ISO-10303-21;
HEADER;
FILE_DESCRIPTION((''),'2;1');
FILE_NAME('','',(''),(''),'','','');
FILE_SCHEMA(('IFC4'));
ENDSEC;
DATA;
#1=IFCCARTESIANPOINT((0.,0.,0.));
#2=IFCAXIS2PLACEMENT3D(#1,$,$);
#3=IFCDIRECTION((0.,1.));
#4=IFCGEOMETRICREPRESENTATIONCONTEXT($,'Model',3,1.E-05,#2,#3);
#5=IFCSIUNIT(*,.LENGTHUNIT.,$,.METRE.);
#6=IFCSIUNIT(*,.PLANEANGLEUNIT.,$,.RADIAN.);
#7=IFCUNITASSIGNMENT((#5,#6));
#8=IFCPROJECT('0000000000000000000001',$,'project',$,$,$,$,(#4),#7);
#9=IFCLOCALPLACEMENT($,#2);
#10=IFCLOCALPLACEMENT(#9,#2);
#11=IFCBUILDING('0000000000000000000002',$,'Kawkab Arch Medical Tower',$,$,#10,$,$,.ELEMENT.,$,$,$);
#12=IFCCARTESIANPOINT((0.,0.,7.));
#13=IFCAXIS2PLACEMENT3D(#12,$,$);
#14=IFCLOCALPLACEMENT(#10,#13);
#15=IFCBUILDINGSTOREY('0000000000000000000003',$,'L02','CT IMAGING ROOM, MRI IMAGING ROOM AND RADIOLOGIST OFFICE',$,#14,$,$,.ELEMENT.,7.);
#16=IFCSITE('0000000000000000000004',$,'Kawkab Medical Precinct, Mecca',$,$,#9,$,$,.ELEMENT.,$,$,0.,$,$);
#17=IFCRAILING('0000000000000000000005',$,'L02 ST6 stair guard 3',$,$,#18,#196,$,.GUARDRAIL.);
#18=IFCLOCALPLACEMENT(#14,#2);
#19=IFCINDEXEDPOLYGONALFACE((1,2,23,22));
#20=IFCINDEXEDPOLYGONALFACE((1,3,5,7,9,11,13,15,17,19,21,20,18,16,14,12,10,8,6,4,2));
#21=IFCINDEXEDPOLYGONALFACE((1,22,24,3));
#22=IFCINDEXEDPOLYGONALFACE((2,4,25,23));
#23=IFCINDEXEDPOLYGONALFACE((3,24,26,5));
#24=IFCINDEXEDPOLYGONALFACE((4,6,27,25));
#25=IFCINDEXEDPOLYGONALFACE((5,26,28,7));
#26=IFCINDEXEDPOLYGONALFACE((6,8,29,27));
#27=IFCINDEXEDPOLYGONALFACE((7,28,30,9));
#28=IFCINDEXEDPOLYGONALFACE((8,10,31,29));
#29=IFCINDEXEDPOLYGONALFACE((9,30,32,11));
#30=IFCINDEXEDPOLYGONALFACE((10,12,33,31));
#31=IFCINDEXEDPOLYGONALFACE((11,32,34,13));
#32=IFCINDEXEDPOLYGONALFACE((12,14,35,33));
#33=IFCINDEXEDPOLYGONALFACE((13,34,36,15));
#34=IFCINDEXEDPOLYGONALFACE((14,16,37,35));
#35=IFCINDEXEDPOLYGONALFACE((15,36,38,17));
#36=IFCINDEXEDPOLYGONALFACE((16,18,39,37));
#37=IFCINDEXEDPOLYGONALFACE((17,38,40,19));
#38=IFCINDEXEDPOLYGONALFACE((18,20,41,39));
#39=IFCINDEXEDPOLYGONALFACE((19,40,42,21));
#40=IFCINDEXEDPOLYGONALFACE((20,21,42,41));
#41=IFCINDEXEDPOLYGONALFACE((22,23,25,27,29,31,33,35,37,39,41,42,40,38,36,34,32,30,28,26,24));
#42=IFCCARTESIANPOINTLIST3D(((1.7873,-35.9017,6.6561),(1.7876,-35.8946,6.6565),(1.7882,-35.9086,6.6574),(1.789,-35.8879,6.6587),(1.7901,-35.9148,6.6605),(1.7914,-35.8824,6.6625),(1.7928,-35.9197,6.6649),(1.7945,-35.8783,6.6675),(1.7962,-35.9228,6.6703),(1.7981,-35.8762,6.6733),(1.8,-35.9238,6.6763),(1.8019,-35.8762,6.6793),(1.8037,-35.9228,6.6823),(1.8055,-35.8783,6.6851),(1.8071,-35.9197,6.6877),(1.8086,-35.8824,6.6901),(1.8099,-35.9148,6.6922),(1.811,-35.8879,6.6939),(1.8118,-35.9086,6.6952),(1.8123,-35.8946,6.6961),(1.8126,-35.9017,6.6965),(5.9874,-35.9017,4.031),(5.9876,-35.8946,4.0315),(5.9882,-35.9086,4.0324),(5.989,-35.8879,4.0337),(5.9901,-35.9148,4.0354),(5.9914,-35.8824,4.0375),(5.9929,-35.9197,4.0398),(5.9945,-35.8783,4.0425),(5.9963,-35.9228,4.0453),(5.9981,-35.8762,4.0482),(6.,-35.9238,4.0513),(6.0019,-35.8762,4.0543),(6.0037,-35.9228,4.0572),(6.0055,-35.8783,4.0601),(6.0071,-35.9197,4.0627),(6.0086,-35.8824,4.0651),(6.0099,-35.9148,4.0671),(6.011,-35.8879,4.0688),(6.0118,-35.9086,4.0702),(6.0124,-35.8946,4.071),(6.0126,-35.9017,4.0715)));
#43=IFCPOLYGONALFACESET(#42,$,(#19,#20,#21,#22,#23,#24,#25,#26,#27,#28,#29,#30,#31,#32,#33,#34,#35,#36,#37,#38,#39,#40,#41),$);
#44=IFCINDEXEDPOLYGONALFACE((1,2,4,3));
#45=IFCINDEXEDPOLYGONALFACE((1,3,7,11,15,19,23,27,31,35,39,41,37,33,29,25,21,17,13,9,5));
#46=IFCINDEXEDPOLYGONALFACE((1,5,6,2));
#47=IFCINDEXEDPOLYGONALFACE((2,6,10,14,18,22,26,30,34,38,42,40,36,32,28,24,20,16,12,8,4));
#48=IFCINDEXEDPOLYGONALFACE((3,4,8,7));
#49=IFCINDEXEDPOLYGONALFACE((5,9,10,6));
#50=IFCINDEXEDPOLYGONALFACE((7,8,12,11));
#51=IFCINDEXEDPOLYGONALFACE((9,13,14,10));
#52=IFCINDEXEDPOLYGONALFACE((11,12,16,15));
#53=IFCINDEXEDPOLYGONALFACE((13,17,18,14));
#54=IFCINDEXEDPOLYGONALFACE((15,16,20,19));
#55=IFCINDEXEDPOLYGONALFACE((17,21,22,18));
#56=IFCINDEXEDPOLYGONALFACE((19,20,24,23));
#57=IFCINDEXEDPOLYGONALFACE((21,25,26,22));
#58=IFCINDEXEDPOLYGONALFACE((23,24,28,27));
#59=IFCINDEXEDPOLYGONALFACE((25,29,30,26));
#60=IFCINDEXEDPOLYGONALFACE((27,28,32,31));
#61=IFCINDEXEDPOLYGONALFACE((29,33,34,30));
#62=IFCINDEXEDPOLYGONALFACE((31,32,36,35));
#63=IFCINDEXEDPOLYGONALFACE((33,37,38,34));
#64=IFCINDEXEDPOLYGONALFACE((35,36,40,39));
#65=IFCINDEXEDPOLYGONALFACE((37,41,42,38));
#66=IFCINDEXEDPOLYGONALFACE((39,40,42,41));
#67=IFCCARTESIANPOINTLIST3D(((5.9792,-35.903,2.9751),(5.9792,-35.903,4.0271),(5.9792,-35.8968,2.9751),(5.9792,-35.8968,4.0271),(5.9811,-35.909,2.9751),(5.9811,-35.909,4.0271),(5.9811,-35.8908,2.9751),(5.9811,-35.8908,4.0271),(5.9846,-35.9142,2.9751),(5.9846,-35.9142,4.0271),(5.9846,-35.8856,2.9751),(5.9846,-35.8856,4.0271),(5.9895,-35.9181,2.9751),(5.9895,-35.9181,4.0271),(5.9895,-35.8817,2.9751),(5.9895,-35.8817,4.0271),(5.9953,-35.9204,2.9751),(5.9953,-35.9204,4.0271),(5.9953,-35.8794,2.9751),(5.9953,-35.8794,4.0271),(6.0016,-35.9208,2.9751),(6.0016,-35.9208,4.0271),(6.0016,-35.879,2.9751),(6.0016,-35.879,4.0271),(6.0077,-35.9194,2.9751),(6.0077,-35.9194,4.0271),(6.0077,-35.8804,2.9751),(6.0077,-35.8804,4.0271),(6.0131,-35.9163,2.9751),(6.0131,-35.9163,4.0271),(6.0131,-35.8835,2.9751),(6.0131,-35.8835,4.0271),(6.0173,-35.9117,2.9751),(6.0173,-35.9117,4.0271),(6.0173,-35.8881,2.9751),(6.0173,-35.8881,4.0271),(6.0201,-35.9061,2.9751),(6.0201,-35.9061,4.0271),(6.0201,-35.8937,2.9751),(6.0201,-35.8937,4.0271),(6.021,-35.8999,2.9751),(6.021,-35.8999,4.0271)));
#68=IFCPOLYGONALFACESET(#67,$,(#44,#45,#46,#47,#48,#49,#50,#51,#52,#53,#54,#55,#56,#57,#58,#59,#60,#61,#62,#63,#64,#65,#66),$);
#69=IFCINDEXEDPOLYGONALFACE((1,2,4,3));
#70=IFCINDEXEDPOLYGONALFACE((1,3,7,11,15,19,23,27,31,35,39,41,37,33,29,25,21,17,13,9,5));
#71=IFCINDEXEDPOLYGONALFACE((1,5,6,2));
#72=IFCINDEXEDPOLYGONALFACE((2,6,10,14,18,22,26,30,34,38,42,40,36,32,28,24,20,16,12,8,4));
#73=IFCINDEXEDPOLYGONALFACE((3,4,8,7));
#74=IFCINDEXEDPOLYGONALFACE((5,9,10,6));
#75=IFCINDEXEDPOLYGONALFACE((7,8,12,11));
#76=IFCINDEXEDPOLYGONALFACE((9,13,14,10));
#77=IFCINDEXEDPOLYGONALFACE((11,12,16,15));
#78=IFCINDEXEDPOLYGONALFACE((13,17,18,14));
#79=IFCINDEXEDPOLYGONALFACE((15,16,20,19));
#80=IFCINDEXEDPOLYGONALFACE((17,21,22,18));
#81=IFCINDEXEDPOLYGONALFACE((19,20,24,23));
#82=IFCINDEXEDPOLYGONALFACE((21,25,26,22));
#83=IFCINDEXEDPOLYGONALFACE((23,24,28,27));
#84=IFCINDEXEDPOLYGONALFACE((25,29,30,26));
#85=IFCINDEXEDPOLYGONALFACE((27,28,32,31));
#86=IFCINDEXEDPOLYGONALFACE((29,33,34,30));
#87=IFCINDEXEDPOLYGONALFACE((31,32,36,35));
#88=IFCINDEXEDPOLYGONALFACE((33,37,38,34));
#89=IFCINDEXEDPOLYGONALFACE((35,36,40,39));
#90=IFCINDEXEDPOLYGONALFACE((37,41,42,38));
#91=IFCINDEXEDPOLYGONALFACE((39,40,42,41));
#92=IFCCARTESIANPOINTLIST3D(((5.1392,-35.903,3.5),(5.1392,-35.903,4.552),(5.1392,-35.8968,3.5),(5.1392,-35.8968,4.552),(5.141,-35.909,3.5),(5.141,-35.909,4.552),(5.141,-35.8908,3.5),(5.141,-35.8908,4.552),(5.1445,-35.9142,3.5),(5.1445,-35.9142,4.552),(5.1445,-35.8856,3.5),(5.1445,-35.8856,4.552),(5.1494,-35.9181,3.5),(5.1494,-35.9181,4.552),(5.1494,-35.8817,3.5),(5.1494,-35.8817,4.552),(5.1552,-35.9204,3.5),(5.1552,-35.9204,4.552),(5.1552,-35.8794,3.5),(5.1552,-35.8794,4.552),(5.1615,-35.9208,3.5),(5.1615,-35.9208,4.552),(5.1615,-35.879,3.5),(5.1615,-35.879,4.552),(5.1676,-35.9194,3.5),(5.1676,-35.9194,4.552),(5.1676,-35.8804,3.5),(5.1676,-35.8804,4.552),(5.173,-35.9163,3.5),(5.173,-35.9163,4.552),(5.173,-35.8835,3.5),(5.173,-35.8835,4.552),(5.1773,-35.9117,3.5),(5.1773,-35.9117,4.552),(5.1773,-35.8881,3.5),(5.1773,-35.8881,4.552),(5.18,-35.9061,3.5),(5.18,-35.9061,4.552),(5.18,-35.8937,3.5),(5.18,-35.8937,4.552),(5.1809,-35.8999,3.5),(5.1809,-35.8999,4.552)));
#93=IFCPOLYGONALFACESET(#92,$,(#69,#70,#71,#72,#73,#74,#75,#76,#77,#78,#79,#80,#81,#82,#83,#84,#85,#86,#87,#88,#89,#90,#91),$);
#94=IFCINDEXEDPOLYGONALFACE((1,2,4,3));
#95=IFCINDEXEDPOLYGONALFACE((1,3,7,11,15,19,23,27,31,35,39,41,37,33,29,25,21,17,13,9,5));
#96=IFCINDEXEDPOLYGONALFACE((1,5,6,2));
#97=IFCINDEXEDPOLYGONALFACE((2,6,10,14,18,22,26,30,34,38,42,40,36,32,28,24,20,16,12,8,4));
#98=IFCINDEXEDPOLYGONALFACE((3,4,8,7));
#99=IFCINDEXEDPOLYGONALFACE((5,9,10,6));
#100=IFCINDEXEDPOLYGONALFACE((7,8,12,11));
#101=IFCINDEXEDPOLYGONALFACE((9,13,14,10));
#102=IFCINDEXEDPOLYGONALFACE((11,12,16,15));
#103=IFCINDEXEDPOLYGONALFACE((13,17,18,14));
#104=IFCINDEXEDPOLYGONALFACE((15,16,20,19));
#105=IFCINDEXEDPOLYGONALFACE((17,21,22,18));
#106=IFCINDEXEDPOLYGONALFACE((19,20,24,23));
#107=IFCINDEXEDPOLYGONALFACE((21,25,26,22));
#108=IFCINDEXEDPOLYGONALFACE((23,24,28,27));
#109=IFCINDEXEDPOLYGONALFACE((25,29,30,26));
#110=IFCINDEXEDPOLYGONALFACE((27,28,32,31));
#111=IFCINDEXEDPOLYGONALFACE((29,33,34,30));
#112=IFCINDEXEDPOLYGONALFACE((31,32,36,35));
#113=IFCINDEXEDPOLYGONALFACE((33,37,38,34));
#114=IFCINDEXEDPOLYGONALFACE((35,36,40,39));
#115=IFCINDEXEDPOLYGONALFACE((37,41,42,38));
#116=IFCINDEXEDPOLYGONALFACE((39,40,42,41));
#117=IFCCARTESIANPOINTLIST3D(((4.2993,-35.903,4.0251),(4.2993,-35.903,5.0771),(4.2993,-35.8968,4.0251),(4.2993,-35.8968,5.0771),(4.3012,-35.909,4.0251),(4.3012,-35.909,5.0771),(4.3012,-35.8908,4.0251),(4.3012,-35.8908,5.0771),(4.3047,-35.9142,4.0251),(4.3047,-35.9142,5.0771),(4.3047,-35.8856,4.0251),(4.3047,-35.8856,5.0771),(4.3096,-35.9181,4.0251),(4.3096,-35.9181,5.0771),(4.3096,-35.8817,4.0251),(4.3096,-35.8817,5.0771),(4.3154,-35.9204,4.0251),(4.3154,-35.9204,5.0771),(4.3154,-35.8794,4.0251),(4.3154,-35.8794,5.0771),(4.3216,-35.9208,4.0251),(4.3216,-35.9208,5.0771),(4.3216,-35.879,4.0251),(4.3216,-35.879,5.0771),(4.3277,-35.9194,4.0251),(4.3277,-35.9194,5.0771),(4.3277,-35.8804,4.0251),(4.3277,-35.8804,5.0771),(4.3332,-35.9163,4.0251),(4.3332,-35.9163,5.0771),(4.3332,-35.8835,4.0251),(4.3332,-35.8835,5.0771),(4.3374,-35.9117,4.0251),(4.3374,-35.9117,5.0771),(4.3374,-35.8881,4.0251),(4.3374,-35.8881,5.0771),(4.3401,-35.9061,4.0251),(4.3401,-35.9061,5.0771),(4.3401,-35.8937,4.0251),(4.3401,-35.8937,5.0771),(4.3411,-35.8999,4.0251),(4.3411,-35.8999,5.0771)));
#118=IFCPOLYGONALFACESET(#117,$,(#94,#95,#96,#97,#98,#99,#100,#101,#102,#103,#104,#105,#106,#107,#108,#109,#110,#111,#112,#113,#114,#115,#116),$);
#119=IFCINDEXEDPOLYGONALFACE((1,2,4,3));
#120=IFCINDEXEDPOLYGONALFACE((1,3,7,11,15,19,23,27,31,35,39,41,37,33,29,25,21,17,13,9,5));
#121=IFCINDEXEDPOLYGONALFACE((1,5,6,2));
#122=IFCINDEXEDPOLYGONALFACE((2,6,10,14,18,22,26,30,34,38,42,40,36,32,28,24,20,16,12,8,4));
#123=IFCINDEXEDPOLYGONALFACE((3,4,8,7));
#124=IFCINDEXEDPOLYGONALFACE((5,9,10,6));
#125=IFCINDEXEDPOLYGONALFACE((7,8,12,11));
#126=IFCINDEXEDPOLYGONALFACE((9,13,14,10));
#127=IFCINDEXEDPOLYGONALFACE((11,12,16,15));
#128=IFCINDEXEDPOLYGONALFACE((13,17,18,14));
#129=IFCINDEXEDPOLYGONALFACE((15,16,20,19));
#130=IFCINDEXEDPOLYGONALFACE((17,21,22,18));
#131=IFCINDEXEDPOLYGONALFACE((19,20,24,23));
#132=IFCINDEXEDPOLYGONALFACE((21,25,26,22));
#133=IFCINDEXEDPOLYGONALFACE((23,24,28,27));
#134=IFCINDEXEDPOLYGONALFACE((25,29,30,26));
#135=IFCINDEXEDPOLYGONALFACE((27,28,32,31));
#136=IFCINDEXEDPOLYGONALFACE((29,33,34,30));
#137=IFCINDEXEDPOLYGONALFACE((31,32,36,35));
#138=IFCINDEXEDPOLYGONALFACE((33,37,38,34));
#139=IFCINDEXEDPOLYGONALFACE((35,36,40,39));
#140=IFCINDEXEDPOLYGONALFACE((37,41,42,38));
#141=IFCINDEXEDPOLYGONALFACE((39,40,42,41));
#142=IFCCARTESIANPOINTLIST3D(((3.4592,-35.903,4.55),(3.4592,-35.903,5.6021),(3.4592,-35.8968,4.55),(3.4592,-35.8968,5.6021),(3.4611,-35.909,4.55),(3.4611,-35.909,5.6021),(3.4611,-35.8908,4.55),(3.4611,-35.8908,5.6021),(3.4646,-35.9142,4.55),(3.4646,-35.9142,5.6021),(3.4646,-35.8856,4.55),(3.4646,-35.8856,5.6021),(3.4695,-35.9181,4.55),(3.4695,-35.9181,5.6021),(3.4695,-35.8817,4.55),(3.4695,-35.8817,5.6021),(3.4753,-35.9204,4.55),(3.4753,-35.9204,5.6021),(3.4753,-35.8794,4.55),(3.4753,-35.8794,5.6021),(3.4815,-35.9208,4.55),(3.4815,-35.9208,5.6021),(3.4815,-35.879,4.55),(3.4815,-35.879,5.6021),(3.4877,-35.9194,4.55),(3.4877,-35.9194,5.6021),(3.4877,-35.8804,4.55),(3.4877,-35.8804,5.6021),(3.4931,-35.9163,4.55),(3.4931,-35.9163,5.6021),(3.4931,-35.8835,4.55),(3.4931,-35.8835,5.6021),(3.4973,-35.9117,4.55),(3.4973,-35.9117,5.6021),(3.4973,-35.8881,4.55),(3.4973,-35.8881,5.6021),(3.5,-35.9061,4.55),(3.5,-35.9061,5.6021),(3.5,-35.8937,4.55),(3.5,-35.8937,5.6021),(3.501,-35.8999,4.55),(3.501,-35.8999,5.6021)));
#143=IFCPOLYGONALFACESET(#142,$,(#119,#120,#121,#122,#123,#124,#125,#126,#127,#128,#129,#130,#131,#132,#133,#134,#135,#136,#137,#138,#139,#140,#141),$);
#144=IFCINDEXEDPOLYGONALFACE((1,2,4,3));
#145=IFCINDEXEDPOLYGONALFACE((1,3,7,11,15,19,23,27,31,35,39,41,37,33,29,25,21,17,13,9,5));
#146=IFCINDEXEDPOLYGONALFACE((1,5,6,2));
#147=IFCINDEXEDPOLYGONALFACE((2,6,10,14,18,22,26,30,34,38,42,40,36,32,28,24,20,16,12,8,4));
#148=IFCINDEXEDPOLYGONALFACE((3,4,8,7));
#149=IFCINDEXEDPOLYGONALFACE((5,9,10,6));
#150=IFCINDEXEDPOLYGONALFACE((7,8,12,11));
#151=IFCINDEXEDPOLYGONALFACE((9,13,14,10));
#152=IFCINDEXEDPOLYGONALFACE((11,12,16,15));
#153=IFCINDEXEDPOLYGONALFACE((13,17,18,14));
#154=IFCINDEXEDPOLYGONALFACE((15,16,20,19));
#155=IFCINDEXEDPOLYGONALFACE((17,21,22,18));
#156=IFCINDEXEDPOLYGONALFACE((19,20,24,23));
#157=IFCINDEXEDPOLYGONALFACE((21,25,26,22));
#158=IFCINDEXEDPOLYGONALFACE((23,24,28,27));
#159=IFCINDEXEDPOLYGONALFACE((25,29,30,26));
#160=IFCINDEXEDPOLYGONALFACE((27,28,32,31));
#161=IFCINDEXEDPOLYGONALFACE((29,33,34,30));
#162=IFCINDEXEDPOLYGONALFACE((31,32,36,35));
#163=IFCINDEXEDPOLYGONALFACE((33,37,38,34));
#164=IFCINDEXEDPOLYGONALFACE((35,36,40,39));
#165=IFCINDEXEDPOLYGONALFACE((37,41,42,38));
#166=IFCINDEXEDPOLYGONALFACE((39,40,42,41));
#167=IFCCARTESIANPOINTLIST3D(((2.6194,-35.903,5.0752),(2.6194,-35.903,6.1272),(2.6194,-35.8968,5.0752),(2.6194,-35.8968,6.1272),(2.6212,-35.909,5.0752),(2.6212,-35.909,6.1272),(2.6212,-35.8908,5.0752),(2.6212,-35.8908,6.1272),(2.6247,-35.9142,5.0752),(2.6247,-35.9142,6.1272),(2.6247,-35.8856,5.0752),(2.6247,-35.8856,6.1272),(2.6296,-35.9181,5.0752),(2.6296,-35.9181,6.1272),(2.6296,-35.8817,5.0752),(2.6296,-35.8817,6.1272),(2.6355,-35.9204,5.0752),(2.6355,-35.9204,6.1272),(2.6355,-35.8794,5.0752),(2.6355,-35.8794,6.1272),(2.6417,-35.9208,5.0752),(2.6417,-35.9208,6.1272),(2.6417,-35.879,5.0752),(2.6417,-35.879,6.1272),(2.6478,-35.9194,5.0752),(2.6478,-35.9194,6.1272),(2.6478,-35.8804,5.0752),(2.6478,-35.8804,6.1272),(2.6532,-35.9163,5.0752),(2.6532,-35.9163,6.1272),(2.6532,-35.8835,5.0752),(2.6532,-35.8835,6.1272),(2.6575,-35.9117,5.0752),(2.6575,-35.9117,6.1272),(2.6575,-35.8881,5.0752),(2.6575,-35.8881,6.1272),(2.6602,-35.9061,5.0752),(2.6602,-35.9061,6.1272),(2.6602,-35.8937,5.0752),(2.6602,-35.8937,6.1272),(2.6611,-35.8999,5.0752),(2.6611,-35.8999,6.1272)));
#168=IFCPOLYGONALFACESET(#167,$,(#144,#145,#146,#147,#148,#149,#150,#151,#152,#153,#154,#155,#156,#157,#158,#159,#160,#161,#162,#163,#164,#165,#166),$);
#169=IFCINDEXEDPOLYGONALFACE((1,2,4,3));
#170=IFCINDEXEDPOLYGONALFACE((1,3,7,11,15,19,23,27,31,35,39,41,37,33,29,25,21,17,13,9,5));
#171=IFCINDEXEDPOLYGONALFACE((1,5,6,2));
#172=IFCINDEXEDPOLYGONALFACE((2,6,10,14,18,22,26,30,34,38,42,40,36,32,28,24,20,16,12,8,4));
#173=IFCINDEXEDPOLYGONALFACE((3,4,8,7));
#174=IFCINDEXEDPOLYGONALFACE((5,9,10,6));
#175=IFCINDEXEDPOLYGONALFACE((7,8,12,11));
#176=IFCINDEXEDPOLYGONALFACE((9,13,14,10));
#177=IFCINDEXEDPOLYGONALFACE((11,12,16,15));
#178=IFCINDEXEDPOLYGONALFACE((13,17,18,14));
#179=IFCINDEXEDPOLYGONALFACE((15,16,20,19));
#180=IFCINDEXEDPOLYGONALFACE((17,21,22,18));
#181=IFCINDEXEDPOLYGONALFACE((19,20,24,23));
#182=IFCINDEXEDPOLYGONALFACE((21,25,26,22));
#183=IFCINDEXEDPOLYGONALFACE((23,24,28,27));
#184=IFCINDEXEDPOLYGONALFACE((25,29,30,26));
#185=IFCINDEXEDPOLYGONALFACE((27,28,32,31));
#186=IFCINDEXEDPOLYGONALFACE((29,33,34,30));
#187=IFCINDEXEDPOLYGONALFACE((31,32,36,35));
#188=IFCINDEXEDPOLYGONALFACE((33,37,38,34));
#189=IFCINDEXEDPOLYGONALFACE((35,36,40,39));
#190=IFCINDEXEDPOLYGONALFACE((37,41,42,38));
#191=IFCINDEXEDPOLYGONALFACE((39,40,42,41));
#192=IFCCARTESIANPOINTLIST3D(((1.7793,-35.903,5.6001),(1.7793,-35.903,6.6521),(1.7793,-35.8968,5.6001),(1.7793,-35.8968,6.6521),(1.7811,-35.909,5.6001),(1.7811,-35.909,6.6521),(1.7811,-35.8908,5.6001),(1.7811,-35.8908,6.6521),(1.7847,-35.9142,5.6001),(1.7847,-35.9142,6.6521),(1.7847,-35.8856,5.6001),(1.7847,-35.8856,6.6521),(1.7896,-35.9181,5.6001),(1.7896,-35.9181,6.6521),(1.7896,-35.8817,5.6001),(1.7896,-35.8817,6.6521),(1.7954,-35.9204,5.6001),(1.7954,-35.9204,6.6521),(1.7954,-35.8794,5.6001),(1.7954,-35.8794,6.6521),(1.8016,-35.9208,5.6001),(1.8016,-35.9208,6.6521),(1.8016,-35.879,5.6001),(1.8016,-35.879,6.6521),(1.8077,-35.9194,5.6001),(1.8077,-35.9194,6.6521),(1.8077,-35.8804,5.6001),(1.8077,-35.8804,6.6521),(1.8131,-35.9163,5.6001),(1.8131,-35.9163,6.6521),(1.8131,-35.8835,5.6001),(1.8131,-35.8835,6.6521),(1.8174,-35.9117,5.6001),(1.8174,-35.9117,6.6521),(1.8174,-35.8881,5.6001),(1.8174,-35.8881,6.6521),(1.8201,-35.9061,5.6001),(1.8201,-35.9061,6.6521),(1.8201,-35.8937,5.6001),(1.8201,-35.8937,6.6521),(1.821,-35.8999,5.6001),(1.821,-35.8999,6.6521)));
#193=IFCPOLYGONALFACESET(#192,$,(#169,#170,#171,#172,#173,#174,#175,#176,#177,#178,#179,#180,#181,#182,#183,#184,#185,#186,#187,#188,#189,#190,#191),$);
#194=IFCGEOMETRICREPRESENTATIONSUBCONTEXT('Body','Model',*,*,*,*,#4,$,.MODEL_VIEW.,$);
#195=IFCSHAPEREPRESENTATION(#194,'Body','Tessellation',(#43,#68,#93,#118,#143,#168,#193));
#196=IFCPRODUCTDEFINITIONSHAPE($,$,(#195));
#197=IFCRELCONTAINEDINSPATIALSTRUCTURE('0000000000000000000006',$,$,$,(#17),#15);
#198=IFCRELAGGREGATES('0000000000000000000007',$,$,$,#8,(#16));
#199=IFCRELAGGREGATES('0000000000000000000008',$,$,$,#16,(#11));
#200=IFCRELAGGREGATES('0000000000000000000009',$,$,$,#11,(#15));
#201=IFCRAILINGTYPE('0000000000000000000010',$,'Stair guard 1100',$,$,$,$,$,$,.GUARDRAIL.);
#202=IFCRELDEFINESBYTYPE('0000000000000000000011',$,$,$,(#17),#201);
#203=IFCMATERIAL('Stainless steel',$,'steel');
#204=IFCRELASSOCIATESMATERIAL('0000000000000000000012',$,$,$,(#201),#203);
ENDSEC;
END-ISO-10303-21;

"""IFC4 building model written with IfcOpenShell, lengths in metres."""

from ifc_helpers import new_model, si_unit, direction, frame, origin, origin_2d, place, context, subcontext, project, spatial, circle, extrude, material, type_object, element, save


model = new_model("IFC4")

# Units and contexts
model_context = context("Model", 3, precision=1e-05, world=origin(), true_north=direction((0.0, 1.0)))
body_context = subcontext(model_context, "Body", "Model", "MODEL_VIEW")
ifc_project = project(units=[si_unit("LENGTHUNIT", "METRE"), si_unit("PLANEANGLEUNIT", "RADIAN")], contexts=[model_context])

# Site, building, storey
site_placement = place(None, origin())
site = spatial("IfcSite", under=ifc_project, at=site_placement, Name="Kawkab Medical Precinct, Mecca", CompositionType="ELEMENT", RefElevation=0.0)
building_placement = place(site_placement, origin())
building = spatial("IfcBuilding", under=site, at=building_placement, Name="Kawkab Arch Medical Tower", CompositionType="ELEMENT")
storey_placement = place(building_placement, frame((0.0, 0.0, 7.0)))
storey = spatial("IfcBuildingStorey", under=building, at=storey_placement, Name="L02", Description="CT IMAGING ROOM, MRI IMAGING ROOM AND RADIOLOGIST OFFICE", CompositionType="ELEMENT", Elevation=7.0)

# Railing
ifc_material_1 = material(Name="Stainless steel", Category="steel")
railing_type = type_object("IfcRailingType", Name="Stair guard 1100", PredefinedType="GUARDRAIL", material=ifc_material_1)
railing_1_placement = place(storey_placement, frame((6.0, -35.8999, 2.9751)))
element("IfcRailing", 1, at=railing_1_placement, inside=storey, type_object=railing_type, Name="L02 ST6 stair guard 3", PredefinedType="GUARDRAIL", context=body_context, shape_type="SweptSolid", body=[
    extrude(circle(Radius=0.0239, at=origin_2d()), frame((0.0, 0.0, 1.0762), z_axis=(-0.847996, 0.0, 0.530003), x_axis=(0.0, -1.0, 0.0)), (0.0, 0.0, 1.0), 4.9529),
    extrude(circle(Radius=0.021, at=origin_2d()), origin(), (0.0, 0.0, 1.0), 1.052),
    extrude(circle(Radius=0.021, at=origin_2d()), frame((-0.8401, 0.0, 0.5249)), (0.0, 0.0, 1.0), 1.052),
    extrude(circle(Radius=0.021, at=origin_2d()), frame((-1.6799, 0.0, 1.05)), (0.0, 0.0, 1.0), 1.052),
    extrude(circle(Radius=0.021, at=origin_2d()), frame((-2.52, 0.0, 1.575)), (0.0, 0.0, 1.0), 1.052),
    extrude(circle(Radius=0.021, at=origin_2d()), frame((-3.3599, 0.0, 2.1001)), (0.0, 0.0, 1.0), 1.052),
    extrude(circle(Radius=0.021, at=origin_2d()), frame((-4.2, 0.0, 2.625)), (0.0, 0.0, 1.0), 1.052),
])

save(model, "model.ifc")
